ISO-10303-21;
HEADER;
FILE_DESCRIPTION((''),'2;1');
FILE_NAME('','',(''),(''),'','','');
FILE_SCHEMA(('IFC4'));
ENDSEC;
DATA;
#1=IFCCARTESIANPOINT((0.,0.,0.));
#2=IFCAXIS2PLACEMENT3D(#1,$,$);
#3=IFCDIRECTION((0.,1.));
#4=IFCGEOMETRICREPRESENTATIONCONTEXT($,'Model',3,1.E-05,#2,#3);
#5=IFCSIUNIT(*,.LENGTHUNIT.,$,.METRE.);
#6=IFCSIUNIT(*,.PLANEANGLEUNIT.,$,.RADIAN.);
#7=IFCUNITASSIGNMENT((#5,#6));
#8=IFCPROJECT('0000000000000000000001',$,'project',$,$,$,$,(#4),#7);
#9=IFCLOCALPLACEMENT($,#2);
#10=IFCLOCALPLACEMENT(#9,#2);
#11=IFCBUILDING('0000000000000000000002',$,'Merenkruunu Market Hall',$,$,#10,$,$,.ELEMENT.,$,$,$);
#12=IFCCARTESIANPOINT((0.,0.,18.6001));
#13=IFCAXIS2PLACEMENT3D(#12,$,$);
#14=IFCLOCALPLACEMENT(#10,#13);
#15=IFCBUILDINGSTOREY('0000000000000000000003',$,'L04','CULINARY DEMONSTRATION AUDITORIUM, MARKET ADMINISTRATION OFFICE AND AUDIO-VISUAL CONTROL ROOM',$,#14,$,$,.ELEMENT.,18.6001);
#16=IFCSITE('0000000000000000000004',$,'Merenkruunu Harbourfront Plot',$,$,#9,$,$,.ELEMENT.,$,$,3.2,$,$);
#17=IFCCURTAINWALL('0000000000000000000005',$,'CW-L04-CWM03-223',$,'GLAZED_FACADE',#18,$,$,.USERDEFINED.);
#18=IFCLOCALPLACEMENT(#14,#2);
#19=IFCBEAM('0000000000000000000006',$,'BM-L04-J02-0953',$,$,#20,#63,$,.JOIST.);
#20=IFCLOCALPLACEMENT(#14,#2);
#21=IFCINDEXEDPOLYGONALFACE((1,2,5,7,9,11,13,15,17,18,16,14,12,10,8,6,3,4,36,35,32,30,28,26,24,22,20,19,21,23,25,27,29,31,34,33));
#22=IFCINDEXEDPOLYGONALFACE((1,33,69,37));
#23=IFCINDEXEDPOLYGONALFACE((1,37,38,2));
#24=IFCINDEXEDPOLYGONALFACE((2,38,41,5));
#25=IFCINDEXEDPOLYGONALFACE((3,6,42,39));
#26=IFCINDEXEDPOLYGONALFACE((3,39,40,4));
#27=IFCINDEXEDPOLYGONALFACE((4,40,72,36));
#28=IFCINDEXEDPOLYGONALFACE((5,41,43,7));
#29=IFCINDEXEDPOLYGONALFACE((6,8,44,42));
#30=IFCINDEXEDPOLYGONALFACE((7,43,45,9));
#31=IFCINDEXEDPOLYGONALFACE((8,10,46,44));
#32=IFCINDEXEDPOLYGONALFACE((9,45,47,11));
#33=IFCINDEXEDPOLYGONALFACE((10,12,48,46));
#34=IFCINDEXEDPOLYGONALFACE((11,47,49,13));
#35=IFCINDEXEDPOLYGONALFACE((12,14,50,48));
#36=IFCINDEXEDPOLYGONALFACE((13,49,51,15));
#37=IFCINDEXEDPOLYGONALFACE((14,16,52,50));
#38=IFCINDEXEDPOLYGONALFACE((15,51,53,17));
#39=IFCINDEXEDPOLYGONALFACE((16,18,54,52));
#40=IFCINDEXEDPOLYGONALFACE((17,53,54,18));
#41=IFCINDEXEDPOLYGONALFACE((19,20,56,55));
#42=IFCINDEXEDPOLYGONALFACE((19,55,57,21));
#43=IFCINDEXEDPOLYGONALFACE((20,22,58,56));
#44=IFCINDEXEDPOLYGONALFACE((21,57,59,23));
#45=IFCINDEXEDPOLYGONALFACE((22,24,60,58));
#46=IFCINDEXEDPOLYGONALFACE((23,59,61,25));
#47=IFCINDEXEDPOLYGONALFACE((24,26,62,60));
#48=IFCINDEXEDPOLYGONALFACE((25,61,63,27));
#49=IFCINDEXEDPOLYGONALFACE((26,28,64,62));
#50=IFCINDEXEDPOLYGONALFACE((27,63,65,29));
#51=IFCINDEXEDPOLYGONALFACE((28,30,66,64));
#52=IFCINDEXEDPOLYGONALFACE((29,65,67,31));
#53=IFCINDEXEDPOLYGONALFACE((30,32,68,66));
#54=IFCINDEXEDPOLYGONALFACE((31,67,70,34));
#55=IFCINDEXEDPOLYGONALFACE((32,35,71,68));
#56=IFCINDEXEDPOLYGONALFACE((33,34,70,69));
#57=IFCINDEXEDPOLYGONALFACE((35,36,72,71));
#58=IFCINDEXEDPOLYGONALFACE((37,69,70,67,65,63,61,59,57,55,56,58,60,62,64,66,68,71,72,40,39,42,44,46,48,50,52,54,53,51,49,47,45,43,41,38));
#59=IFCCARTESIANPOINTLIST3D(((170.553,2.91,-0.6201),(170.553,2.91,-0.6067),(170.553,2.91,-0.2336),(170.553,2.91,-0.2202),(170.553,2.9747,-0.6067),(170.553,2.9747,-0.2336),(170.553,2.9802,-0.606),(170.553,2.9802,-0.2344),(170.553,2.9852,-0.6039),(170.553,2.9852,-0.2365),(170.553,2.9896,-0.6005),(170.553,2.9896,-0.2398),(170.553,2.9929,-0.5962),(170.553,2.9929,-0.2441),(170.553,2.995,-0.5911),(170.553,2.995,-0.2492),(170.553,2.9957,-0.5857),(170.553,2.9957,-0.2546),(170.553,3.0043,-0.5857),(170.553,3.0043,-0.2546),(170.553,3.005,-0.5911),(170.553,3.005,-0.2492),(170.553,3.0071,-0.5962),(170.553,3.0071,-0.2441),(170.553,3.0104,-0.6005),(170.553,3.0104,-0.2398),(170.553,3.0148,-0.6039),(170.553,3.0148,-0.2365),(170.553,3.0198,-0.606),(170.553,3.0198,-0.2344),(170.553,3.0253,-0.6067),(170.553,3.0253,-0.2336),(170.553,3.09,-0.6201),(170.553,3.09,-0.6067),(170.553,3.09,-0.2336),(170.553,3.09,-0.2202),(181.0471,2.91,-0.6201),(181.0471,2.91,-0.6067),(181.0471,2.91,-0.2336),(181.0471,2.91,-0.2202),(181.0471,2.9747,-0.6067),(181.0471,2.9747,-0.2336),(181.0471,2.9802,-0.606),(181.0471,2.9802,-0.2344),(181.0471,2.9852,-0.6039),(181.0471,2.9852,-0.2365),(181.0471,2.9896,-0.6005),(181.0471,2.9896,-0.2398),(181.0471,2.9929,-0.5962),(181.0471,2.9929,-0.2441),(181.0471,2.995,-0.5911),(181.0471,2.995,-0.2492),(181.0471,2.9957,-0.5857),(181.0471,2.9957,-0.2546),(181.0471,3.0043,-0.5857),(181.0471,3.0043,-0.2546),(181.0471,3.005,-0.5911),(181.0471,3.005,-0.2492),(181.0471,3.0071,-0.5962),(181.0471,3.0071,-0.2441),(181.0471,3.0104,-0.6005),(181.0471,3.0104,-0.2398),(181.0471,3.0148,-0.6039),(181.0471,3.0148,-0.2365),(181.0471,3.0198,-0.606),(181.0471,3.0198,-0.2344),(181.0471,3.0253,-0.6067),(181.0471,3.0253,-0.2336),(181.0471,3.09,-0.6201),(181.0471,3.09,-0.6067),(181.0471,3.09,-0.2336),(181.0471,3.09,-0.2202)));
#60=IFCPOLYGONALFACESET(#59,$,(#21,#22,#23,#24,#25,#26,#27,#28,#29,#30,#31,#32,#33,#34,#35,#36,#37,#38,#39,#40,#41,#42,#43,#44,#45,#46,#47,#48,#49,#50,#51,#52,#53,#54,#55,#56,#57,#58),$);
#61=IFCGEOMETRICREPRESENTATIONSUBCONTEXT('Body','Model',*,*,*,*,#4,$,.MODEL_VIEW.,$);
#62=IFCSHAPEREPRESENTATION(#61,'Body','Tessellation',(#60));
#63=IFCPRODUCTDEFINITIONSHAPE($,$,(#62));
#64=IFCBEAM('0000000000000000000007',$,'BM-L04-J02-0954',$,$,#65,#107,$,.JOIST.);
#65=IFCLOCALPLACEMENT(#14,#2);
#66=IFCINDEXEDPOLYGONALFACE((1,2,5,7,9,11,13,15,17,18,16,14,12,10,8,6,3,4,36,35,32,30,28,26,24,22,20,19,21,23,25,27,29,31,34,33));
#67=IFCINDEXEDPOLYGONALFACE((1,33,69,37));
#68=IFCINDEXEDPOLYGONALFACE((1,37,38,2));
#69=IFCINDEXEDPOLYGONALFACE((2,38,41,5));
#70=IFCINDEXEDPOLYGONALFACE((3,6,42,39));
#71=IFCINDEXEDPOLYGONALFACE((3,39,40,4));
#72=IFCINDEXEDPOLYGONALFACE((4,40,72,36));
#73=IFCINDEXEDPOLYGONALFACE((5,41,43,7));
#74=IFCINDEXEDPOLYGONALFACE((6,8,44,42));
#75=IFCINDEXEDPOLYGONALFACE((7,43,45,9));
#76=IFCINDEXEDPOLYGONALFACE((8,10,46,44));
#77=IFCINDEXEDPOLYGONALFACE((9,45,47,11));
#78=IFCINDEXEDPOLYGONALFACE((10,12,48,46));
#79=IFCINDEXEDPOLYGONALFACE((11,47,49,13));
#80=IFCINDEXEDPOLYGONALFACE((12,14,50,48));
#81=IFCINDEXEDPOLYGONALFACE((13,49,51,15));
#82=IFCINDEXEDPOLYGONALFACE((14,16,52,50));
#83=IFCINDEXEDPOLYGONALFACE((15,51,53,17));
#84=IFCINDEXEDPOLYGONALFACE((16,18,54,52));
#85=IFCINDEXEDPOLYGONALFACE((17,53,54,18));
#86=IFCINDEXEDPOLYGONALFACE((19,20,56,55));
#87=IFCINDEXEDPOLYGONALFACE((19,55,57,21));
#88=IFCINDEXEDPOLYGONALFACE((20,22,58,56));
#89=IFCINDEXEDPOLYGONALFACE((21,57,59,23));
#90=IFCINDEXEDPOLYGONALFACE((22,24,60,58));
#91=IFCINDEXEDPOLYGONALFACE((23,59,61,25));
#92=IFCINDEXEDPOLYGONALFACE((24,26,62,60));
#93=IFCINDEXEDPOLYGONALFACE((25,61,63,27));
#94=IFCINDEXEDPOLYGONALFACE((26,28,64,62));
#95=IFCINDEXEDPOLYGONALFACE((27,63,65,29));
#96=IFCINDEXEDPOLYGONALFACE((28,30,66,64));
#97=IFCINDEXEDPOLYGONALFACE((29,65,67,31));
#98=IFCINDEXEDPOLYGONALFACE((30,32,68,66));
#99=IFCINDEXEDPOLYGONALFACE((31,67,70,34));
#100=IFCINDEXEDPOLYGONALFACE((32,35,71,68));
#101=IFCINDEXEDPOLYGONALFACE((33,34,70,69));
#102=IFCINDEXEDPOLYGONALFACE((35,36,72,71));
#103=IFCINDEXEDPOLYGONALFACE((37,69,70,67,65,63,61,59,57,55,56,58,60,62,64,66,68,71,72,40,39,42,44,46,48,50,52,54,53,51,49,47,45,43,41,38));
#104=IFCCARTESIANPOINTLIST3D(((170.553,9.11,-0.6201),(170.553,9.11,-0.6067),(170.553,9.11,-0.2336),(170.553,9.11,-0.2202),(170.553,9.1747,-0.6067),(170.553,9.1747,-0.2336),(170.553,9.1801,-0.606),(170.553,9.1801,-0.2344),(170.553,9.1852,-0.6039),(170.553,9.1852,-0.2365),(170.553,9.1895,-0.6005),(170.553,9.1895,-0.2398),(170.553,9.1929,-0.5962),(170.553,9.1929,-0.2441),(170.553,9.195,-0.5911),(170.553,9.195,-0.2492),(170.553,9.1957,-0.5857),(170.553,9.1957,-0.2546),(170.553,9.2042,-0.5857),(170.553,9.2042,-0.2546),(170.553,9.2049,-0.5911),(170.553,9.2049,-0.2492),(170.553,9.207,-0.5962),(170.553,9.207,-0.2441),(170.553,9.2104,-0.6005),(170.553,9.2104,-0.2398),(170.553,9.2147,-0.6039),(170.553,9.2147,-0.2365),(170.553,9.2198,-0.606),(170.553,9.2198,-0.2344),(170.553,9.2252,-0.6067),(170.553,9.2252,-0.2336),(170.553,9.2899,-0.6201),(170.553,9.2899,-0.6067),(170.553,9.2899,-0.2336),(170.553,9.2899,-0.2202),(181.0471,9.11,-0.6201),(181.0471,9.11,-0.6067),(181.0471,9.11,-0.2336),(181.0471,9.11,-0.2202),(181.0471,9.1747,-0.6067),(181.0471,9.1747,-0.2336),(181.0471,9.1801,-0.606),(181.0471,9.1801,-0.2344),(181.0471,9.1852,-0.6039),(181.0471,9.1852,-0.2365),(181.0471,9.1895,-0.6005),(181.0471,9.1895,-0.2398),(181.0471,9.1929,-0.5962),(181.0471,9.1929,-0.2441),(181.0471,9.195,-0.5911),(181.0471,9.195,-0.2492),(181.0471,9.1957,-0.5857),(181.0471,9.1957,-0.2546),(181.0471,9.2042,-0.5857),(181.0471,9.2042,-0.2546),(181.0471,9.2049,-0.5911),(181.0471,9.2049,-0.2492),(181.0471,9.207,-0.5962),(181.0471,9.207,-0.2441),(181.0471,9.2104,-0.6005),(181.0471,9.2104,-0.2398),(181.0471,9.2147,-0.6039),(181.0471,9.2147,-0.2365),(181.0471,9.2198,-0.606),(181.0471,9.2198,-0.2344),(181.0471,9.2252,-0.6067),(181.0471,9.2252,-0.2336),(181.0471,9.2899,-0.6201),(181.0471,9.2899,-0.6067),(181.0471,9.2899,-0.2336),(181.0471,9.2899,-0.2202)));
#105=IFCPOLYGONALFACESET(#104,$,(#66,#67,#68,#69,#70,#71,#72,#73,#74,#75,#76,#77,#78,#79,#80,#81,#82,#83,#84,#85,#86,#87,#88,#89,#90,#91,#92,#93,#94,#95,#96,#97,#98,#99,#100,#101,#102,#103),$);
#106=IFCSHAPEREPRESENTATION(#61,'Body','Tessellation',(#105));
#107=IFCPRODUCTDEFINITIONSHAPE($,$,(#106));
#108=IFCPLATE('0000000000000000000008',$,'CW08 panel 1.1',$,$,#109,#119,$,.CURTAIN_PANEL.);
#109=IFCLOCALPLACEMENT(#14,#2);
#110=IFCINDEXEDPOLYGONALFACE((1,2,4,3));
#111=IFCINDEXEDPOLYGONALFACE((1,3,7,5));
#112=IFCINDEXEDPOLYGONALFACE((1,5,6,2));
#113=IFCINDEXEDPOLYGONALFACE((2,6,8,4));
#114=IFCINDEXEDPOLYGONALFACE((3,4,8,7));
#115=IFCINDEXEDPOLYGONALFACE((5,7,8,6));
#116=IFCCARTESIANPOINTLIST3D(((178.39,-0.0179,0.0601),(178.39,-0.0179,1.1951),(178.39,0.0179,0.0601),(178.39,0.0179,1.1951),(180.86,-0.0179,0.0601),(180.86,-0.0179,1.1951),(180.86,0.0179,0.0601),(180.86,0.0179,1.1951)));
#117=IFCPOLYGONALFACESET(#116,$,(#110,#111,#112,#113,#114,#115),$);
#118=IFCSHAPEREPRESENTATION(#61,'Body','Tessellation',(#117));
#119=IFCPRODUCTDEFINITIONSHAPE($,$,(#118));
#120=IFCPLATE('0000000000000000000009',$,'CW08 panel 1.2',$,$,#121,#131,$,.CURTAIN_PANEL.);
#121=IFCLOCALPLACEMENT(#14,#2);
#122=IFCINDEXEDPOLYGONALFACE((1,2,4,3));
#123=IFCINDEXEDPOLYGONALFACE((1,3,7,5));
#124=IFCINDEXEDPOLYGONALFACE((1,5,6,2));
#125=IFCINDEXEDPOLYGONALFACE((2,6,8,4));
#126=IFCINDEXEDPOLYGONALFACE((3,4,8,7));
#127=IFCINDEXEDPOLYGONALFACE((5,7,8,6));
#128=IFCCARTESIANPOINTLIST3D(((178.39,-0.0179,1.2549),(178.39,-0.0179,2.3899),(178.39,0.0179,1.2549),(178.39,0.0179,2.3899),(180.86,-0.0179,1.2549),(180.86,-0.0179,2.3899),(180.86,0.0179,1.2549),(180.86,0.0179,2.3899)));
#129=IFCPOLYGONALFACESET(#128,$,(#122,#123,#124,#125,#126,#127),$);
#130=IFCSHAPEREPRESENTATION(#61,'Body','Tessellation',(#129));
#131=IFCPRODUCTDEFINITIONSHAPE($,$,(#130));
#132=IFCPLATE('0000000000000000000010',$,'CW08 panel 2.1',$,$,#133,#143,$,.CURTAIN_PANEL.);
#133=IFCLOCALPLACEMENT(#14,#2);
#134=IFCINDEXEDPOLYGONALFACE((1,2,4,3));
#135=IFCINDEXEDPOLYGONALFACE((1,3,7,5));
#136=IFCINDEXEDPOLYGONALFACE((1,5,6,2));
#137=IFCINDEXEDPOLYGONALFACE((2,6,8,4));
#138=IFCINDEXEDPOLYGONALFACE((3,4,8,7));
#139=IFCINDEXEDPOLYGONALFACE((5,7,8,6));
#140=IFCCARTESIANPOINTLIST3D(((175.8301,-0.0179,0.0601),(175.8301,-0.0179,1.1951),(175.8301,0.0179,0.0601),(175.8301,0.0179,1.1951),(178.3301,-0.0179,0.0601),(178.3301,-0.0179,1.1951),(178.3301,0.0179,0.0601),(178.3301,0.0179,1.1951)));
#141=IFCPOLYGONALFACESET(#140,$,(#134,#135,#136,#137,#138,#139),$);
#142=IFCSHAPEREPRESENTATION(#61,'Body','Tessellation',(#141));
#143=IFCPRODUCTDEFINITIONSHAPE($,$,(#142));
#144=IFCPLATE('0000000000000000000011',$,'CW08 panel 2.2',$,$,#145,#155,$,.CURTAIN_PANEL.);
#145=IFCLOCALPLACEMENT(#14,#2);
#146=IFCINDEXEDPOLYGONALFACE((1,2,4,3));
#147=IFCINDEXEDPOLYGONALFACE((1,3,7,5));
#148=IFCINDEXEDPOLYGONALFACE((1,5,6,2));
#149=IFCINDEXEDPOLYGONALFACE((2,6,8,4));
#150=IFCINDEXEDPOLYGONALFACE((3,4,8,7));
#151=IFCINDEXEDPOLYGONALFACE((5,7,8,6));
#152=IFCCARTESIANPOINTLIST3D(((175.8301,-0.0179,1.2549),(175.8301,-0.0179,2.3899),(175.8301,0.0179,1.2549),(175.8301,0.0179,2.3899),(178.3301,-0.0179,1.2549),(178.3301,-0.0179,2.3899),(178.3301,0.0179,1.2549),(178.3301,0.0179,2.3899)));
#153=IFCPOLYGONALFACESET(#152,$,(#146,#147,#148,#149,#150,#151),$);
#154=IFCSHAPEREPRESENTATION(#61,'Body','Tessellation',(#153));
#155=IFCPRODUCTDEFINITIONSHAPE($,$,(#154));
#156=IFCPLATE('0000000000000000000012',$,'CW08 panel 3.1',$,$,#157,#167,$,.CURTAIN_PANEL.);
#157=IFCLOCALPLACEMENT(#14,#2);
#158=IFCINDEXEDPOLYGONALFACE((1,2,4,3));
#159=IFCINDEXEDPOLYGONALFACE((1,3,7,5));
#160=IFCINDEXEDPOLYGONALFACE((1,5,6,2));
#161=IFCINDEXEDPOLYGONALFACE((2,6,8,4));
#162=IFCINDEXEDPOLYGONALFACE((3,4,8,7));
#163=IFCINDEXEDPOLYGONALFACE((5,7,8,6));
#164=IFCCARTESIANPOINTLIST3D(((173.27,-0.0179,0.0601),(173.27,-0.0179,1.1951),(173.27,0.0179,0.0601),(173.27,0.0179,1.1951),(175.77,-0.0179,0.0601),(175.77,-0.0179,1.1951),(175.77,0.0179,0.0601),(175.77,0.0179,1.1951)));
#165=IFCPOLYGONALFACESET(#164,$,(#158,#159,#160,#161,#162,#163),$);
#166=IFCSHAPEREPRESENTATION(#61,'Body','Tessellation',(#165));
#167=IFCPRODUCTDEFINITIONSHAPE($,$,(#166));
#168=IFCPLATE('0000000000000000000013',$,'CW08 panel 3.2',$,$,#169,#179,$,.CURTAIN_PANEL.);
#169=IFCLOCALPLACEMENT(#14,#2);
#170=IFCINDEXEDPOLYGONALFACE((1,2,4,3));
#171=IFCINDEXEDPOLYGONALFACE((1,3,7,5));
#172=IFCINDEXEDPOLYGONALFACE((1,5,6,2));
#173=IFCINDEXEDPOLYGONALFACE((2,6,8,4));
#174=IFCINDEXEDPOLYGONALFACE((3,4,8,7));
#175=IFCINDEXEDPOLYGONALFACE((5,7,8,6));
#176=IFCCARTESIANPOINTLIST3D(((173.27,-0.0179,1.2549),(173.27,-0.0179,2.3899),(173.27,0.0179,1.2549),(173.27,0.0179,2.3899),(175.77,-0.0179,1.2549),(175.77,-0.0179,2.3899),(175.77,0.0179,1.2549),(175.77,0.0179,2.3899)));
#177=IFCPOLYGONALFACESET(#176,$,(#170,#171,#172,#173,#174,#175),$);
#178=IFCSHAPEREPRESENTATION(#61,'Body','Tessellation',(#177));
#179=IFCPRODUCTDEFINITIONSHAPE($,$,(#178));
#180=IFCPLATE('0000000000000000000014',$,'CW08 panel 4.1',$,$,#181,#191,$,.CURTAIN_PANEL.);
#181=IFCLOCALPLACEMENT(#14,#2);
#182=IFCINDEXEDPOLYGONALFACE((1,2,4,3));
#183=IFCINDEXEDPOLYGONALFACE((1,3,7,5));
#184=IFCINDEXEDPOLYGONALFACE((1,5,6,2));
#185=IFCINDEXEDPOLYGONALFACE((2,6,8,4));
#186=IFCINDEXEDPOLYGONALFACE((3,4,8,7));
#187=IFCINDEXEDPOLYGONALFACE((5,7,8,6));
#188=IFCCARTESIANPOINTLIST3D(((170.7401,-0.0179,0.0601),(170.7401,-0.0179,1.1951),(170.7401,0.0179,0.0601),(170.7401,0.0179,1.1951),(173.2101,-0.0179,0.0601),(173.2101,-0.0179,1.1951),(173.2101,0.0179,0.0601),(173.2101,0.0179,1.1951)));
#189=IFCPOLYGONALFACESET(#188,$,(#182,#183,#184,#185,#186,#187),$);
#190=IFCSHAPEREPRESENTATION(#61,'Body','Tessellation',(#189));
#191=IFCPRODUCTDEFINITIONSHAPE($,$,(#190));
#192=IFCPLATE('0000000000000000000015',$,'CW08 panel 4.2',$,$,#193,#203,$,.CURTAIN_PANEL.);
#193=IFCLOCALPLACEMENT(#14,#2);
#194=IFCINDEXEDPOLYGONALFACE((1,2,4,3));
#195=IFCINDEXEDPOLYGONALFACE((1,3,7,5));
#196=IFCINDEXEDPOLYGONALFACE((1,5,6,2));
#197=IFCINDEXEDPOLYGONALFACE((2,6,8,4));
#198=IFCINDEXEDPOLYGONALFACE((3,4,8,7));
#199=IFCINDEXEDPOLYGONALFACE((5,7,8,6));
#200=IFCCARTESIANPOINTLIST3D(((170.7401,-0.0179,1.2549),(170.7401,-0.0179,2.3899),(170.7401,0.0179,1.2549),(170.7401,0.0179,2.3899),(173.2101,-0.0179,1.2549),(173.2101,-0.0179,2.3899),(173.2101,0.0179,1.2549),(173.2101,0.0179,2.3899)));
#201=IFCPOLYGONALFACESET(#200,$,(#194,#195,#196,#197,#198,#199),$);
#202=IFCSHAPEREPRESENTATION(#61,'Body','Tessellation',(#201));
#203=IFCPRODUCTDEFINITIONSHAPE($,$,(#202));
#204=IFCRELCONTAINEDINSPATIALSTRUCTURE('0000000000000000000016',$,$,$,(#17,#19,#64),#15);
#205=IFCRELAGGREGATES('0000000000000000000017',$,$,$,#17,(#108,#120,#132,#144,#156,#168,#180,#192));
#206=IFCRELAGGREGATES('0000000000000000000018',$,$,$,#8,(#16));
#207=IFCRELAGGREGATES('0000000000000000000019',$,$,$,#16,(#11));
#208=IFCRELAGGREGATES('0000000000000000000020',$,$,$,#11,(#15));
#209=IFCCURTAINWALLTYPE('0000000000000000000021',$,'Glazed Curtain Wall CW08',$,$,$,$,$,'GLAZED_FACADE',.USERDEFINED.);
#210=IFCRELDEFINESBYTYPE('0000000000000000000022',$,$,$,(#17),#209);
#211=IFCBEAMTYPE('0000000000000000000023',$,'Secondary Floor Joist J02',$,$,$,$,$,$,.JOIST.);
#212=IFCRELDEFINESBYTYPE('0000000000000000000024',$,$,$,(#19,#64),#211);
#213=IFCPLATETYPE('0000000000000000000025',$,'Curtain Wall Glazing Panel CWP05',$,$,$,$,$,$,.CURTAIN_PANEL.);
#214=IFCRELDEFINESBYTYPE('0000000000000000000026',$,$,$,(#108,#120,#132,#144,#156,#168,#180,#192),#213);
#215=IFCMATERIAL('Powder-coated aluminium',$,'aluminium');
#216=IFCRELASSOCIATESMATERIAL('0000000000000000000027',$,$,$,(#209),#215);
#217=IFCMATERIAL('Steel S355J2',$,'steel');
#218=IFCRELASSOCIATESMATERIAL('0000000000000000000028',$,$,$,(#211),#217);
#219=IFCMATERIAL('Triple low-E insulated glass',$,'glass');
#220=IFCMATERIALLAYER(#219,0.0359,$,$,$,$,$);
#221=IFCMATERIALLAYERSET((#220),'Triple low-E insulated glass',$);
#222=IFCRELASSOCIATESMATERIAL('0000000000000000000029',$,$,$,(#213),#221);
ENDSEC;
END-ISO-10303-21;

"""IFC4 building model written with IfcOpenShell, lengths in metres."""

from ifc_helpers import new_model, si_unit, direction, frame, origin, origin_2d, place, context, subcontext, project, spatial, rectangle, i_section, extrude, material, layer, layer_set, material_profile, profile_set, type_object, element, aggregate, save


model = new_model("IFC4")

# Units and contexts
model_context = context("Model", 3, precision=1e-05, world=origin(), true_north=direction((0.0, 1.0)))
body_context = subcontext(model_context, "Body", "Model", "MODEL_VIEW")
ifc_project = project(units=[si_unit("LENGTHUNIT", "METRE"), si_unit("PLANEANGLEUNIT", "RADIAN")], contexts=[model_context])

# Site, building, storey
site_placement = place(None, origin())
site = spatial("IfcSite", under=ifc_project, at=site_placement, Name="Merenkruunu Harbourfront Plot", CompositionType="ELEMENT", RefElevation=3.2)
building_placement = place(site_placement, origin())
building = spatial("IfcBuilding", under=site, at=building_placement, Name="Merenkruunu Market Hall", CompositionType="ELEMENT")
storey_placement = place(building_placement, frame((0.0, 0.0, 18.6001)))
storey = spatial("IfcBuildingStorey", under=building, at=storey_placement, Name="L04", Description="CULINARY DEMONSTRATION AUDITORIUM, MARKET ADMINISTRATION OFFICE AND AUDIO-VISUAL CONTROL ROOM", CompositionType="ELEMENT", Elevation=18.6001)

# Curtain wall
ifc_material_1 = material(Name="Powder-coated aluminium", Category="aluminium")
curtain_wall_type = type_object("IfcCurtainWallType", Name="Glazed Curtain Wall CW08", ElementType="GLAZED_FACADE", PredefinedType="USERDEFINED", material=ifc_material_1)
curtain_wall_placement = place(storey_placement, origin())
curtain_wall = element("IfcCurtainWall", 1, at=curtain_wall_placement, inside=storey, type_object=curtain_wall_type, Name="CW-L04-CWM03-223", ObjectType="GLAZED_FACADE", PredefinedType="USERDEFINED")

# Beams
ifc_material_2 = material(Name="Steel S355J2", Category="steel")
ifc_material_profile_1 = material_profile(ifc_material_2, i_section(OverallWidth=0.1799, OverallDepth=0.3999, WebThickness=0.0085, FlangeThickness=0.0134, FilletRadius=0.021, at=origin_2d()), Name="IPE 400")
ifc_profile_set_1 = profile_set([ifc_material_profile_1], Name="Steel S355J2")
beam_type_1 = type_object("IfcBeamType", Name="Secondary Floor Joist J02", PredefinedType="JOIST", material=ifc_profile_set_1)
for number, where, z_axis, x_axis, name in (
    (2, (170.553, 3.0, -0.4202), (1.0, 0.0, 0.0), (0.0, 1.0, 0.0), "BM-L04-J02-0953"),
    (3, (170.553, 9.2, -0.4202), (1.0, 0.0, 0.0), (0.0, 1.0, 0.0), "BM-L04-J02-0954"),
):
    element("IfcBeam", number, at=place(storey_placement, frame(where, z_axis=z_axis, x_axis=x_axis)), inside=storey, type_object=beam_type_1, Name=name, PredefinedType="JOIST", context=body_context, shape_type="SweptSolid", body=[
        extrude(i_section(OverallWidth=0.1799, OverallDepth=0.3999, WebThickness=0.0085, FlangeThickness=0.0134, FilletRadius=0.021, at=origin_2d()), origin(), (0.0, 0.0, 1.0), 10.4941),
    ])

# Plates
ifc_material_3 = material(Name="Triple low-E insulated glass", Category="glass")
ifc_layer_1 = layer(ifc_material_3, 0.0359)
ifc_layer_set_1 = layer_set([ifc_layer_1], Name="Triple low-E insulated glass")
plate_type = type_object("IfcPlateType", Name="Curtain Wall Glazing Panel CWP05", PredefinedType="CURTAIN_PANEL", material=ifc_layer_set_1)
plate_1_placement = place(storey_placement, frame((179.625, 0.0, 0.0601), z_axis=(0.0, 0.0, 1.0), x_axis=(-1.0, 0.0, 0.0)))
plate_1 = element("IfcPlate", 4, at=plate_1_placement, type_object=plate_type, Name="CW08 panel 1.1", PredefinedType="CURTAIN_PANEL", context=body_context, shape_type="SweptSolid", body=[
    extrude(rectangle(XDim=2.47, YDim=0.0359, at=origin_2d()), origin(), (0.0, 0.0, 1.0), 1.135),
])
plate_2_placement = place(storey_placement, frame((179.625, 0.0, 1.2549), z_axis=(0.0, 0.0, 1.0), x_axis=(-1.0, 0.0, 0.0)))
plate_2 = element("IfcPlate", 5, at=plate_2_placement, type_object=plate_type, Name="CW08 panel 1.2", PredefinedType="CURTAIN_PANEL", context=body_context, shape_type="SweptSolid", body=[
    extrude(rectangle(XDim=2.47, YDim=0.0359, at=origin_2d()), origin(), (0.0, 0.0, 1.0), 1.135),
])
plate_3_placement = place(storey_placement, frame((177.0801, 0.0, 0.0601), z_axis=(0.0, 0.0, 1.0), x_axis=(-1.0, 0.0, 0.0)))
plate_3 = element("IfcPlate", 6, at=plate_3_placement, type_object=plate_type, Name="CW08 panel 2.1", PredefinedType="CURTAIN_PANEL", context=body_context, shape_type="SweptSolid", body=[
    extrude(rectangle(XDim=2.5, YDim=0.0359, at=origin_2d()), origin(), (0.0, 0.0, 1.0), 1.135),
])
plate_4_placement = place(storey_placement, frame((177.0801, 0.0, 1.2549), z_axis=(0.0, 0.0, 1.0), x_axis=(-1.0, 0.0, 0.0)))
plate_4 = element("IfcPlate", 7, at=plate_4_placement, type_object=plate_type, Name="CW08 panel 2.2", PredefinedType="CURTAIN_PANEL", context=body_context, shape_type="SweptSolid", body=[
    extrude(rectangle(XDim=2.5, YDim=0.0359, at=origin_2d()), origin(), (0.0, 0.0, 1.0), 1.135),
])
plate_5_placement = place(storey_placement, frame((174.52, 0.0, 0.0601), z_axis=(0.0, 0.0, 1.0), x_axis=(-1.0, 0.0, 0.0)))
plate_5 = element("IfcPlate", 8, at=plate_5_placement, type_object=plate_type, Name="CW08 panel 3.1", PredefinedType="CURTAIN_PANEL", context=body_context, shape_type="SweptSolid", body=[
    extrude(rectangle(XDim=2.5, YDim=0.0359, at=origin_2d()), origin(), (0.0, 0.0, 1.0), 1.135),
])
plate_6_placement = place(storey_placement, frame((174.52, 0.0, 1.2549), z_axis=(0.0, 0.0, 1.0), x_axis=(-1.0, 0.0, 0.0)))
plate_6 = element("IfcPlate", 9, at=plate_6_placement, type_object=plate_type, Name="CW08 panel 3.2", PredefinedType="CURTAIN_PANEL", context=body_context, shape_type="SweptSolid", body=[
    extrude(rectangle(XDim=2.5, YDim=0.0359, at=origin_2d()), origin(), (0.0, 0.0, 1.0), 1.135),
])
plate_7_placement = place(storey_placement, frame((171.9751, 0.0, 0.0601), z_axis=(0.0, 0.0, 1.0), x_axis=(-1.0, 0.0, 0.0)))
plate_7 = element("IfcPlate", 10, at=plate_7_placement, type_object=plate_type, Name="CW08 panel 4.1", PredefinedType="CURTAIN_PANEL", context=body_context, shape_type="SweptSolid", body=[
    extrude(rectangle(XDim=2.47, YDim=0.0359, at=origin_2d()), origin(), (0.0, 0.0, 1.0), 1.135),
])
plate_8_placement = place(storey_placement, frame((171.9751, 0.0, 1.2549), z_axis=(0.0, 0.0, 1.0), x_axis=(-1.0, 0.0, 0.0)))
plate_8 = element("IfcPlate", 11, at=plate_8_placement, type_object=plate_type, Name="CW08 panel 4.2", PredefinedType="CURTAIN_PANEL", context=body_context, shape_type="SweptSolid", body=[
    extrude(rectangle(XDim=2.47, YDim=0.0359, at=origin_2d()), origin(), (0.0, 0.0, 1.0), 1.135),
])
aggregate(curtain_wall, [plate_1, plate_2, plate_3, plate_4, plate_5, plate_6, plate_7, plate_8])

save(model, "model.ifc")
